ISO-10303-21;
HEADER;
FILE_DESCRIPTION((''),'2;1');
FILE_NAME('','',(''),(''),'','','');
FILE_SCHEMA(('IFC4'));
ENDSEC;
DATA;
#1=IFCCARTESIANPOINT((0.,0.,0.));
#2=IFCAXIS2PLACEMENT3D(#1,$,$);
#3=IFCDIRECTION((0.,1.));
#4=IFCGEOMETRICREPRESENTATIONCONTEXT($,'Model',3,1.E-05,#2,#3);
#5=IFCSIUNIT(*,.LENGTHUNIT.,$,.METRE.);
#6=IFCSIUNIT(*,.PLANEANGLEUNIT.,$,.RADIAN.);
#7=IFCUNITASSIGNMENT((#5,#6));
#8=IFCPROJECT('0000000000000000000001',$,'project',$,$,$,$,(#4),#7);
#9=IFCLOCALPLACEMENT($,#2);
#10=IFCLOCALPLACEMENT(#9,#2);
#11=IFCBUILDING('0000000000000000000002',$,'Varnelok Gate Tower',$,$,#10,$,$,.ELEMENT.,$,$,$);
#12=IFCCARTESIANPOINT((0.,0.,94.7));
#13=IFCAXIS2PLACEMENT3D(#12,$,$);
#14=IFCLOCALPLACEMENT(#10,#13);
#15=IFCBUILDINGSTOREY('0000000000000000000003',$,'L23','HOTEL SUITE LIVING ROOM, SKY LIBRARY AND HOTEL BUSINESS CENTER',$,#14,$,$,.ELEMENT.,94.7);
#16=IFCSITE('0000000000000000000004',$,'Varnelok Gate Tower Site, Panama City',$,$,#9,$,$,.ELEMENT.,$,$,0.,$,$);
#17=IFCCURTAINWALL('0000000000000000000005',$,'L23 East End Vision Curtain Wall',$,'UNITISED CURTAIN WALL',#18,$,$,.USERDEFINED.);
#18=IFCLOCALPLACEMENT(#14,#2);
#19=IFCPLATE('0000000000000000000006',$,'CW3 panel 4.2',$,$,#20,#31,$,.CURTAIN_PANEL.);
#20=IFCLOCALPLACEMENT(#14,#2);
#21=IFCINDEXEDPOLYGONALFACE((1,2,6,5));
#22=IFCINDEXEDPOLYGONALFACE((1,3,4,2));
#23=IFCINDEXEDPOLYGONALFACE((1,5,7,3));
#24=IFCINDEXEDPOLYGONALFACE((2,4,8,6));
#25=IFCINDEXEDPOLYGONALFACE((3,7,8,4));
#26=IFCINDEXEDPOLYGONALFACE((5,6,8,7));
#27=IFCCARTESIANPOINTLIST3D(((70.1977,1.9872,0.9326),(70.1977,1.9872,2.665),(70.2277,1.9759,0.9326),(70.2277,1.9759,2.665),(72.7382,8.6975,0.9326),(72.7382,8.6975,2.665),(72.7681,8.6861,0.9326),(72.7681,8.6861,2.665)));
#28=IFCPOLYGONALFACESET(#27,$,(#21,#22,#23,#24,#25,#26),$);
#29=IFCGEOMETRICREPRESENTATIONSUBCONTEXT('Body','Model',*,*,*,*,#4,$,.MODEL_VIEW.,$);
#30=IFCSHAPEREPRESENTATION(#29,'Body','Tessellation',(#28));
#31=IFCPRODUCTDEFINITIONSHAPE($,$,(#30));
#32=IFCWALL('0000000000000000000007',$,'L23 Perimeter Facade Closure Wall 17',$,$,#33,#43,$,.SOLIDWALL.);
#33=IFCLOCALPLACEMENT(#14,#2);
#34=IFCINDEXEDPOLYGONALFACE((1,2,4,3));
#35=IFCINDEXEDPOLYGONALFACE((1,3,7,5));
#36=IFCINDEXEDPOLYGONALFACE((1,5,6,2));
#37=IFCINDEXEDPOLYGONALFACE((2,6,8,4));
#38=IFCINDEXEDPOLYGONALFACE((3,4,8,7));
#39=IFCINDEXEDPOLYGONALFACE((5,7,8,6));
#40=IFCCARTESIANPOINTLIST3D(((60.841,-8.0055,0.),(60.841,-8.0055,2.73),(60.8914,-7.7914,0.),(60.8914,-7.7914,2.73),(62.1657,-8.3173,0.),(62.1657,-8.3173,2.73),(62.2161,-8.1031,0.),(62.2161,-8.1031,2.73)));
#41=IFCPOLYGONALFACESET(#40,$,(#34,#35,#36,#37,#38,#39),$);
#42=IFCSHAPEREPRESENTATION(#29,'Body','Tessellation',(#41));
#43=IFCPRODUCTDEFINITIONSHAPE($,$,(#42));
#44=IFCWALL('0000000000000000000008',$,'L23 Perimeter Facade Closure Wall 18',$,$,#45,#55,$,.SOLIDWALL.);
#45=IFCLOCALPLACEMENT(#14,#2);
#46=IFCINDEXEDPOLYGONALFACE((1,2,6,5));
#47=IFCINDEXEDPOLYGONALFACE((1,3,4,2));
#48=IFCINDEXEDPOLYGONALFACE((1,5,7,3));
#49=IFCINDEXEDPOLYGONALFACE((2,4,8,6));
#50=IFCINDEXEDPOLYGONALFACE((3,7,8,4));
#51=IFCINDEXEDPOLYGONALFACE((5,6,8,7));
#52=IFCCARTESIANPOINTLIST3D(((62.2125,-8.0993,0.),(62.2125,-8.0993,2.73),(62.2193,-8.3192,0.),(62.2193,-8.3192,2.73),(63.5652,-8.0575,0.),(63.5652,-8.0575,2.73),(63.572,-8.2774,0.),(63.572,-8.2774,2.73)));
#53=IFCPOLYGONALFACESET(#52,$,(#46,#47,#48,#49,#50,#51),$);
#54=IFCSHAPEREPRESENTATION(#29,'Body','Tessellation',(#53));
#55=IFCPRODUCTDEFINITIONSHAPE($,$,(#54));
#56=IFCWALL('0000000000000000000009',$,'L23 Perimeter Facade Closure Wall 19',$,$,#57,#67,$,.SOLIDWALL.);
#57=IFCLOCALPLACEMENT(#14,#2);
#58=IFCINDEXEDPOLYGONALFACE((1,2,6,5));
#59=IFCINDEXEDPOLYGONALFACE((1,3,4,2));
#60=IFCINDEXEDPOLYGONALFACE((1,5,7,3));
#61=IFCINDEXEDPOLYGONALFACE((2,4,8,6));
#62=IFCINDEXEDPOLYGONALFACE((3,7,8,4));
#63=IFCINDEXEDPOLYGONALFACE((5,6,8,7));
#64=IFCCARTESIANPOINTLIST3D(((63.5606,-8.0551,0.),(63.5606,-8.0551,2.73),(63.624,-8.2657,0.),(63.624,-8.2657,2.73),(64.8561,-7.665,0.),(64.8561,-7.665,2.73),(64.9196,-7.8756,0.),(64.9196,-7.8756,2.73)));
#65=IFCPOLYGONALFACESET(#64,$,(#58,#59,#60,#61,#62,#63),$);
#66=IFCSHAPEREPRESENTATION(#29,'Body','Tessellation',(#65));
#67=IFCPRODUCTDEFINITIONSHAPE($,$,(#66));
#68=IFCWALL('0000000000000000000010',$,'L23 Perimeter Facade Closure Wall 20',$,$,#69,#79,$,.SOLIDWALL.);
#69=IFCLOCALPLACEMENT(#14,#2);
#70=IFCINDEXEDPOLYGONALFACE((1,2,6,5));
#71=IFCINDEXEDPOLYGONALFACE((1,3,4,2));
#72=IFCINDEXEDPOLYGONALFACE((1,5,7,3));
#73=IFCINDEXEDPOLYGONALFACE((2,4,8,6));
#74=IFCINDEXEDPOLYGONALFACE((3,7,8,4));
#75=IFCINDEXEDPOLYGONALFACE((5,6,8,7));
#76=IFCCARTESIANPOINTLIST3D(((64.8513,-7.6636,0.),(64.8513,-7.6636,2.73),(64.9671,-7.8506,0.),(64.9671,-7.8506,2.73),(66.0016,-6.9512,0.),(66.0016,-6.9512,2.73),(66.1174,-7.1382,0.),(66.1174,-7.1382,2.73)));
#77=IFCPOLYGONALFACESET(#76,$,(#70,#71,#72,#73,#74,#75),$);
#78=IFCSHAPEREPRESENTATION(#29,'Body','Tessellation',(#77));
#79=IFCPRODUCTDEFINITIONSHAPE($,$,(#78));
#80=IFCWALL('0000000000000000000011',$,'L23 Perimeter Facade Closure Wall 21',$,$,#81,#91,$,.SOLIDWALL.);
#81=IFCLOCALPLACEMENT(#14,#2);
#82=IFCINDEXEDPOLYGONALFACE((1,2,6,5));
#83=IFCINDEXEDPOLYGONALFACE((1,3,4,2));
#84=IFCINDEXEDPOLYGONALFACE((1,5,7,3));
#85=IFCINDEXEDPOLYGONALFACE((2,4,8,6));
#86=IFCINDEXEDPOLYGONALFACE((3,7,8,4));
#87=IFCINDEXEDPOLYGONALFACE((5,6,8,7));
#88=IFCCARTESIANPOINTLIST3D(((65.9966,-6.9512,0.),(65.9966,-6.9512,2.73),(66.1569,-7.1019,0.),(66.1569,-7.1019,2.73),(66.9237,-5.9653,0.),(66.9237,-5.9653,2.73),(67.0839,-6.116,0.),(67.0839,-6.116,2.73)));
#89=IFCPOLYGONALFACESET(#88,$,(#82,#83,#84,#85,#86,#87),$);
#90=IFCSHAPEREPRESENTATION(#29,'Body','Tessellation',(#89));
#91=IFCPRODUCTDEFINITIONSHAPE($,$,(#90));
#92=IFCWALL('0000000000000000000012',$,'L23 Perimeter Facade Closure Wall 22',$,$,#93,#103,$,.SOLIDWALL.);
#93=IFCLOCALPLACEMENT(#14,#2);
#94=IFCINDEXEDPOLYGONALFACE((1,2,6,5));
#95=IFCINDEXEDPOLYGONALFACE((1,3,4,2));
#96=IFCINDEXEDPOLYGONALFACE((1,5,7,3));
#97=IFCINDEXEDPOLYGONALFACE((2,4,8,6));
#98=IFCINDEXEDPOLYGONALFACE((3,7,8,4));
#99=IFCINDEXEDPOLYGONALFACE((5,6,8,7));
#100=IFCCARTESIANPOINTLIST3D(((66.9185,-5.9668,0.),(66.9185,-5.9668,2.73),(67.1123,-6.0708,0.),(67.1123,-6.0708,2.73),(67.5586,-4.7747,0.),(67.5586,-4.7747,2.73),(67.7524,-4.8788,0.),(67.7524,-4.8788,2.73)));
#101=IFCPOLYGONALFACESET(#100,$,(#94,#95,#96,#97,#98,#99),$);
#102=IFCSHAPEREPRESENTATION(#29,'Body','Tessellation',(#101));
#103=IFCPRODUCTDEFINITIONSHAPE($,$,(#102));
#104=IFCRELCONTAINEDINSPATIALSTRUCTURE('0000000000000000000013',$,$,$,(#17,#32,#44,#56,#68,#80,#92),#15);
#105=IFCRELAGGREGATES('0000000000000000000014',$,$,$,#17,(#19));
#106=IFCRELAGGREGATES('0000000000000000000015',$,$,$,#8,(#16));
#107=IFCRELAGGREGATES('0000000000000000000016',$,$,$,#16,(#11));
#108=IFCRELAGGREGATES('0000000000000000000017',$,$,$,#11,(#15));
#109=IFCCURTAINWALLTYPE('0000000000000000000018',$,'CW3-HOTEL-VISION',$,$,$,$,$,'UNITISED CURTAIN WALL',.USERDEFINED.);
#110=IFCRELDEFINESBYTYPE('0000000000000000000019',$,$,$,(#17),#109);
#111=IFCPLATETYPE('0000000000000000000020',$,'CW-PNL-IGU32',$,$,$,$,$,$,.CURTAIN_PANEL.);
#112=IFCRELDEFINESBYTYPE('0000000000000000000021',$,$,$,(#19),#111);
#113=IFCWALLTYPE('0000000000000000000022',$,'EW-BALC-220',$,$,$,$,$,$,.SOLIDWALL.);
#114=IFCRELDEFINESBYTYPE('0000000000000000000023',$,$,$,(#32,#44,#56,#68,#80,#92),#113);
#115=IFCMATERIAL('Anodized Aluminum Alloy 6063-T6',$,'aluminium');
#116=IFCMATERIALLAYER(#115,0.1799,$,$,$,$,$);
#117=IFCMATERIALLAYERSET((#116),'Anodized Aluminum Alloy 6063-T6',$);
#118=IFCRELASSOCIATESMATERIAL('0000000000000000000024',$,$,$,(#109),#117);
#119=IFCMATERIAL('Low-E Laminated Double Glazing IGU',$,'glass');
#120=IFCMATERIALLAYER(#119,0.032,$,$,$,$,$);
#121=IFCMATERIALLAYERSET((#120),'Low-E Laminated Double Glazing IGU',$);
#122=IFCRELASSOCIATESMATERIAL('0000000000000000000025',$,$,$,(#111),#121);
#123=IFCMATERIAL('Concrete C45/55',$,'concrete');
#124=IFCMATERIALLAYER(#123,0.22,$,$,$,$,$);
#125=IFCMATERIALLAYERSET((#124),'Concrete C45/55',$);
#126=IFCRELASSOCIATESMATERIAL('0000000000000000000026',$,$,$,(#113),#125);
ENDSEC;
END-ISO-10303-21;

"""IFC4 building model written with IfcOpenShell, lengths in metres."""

from ifc_helpers import new_model, si_unit, direction, frame, frame_2d, origin, origin_2d, place, context, subcontext, project, spatial, rectangle, extrude, source, transform, mapped, material, layer, layer_set, type_object, element, aggregate, save


model = new_model("IFC4")

# Units and contexts
model_context = context("Model", 3, precision=1e-05, world=origin(), true_north=direction((0.0, 1.0)))
body_context = subcontext(model_context, "Body", "Model", "MODEL_VIEW")
ifc_project = project(units=[si_unit("LENGTHUNIT", "METRE"), si_unit("PLANEANGLEUNIT", "RADIAN")], contexts=[model_context])

# Site, building, storey
site_placement = place(None, origin())
site = spatial("IfcSite", under=ifc_project, at=site_placement, Name="Varnelok Gate Tower Site, Panama City", CompositionType="ELEMENT", RefElevation=0.0)
building_placement = place(site_placement, origin())
building = spatial("IfcBuilding", under=site, at=building_placement, Name="Varnelok Gate Tower", CompositionType="ELEMENT")
storey_placement = place(building_placement, frame((0.0, 0.0, 94.7)))
storey = spatial("IfcBuildingStorey", under=building, at=storey_placement, Name="L23", Description="HOTEL SUITE LIVING ROOM, SKY LIBRARY AND HOTEL BUSINESS CENTER", CompositionType="ELEMENT", Elevation=94.7)

# Curtain wall, plate
ifc_material_1 = material(Name="Anodized Aluminum Alloy 6063-T6", Category="aluminium")
ifc_layer_1 = layer(ifc_material_1, 0.1799)
ifc_layer_set_1 = layer_set([ifc_layer_1], Name="Anodized Aluminum Alloy 6063-T6")
curtain_wall_type = type_object("IfcCurtainWallType", Name="CW3-HOTEL-VISION", ElementType="UNITISED CURTAIN WALL", PredefinedType="USERDEFINED", material=ifc_layer_set_1)
curtain_wall_placement = place(storey_placement, origin())
curtain_wall = element("IfcCurtainWall", 1, at=curtain_wall_placement, inside=storey, type_object=curtain_wall_type, Name="L23 East End Vision Curtain Wall", ObjectType="UNITISED CURTAIN WALL", PredefinedType="USERDEFINED")
ifc_material_2 = material(Name="Low-E Laminated Double Glazing IGU", Category="glass")
ifc_layer_2 = layer(ifc_material_2, 0.032)
ifc_layer_set_2 = layer_set([ifc_layer_2], Name="Low-E Laminated Double Glazing IGU")
plate_type = type_object("IfcPlateType", Name="CW-PNL-IGU32", PredefinedType="CURTAIN_PANEL", material=ifc_layer_set_2)
shared_shape_1 = source(origin(), body_context, "Body", "SweptSolid", [
    extrude(rectangle(XDim=7.175, YDim=0.032, at=origin_2d()), origin(), (0.0, 0.0, 1.0), 1.7324),
])
plate_1_placement = place(storey_placement, frame((71.4829, 5.3367, 0.9326), z_axis=(0.0, 0.0, 1.0), x_axis=(-0.354064, -0.935221, 0.0)))
plate_1 = element("IfcPlate", 2, at=plate_1_placement, type_object=plate_type, Name="CW3 panel 4.2", PredefinedType="CURTAIN_PANEL", context=body_context, shape_type="MappedRepresentation", body=[
    mapped(shared_shape_1, transform((0.0, 0.0, 0.0), scale=1.0)),
])
aggregate(curtain_wall, [plate_1])

# Walls
ifc_material_3 = material(Name="Concrete C45/55", Category="concrete")
ifc_layer_3 = layer(ifc_material_3, 0.22)
ifc_layer_set_3 = layer_set([ifc_layer_3], Name="Concrete C45/55")
wall_type = type_object("IfcWallType", Name="EW-BALC-220", PredefinedType="SOLIDWALL", material=ifc_layer_set_3)
wall_1_placement = place(storey_placement, frame((60.8662, -7.8984, 0.0), z_axis=(0.0, 0.0, 1.0), x_axis=(0.973405, -0.229089, 0.0)))
element("IfcWall", 3, at=wall_1_placement, inside=storey, type_object=wall_type, Name="L23 Perimeter Facade Closure Wall 17", PredefinedType="SOLIDWALL", context=body_context, shape_type="SweptSolid", body=[
    extrude(rectangle(XDim=1.3608, YDim=0.22, at=frame_2d((0.6804, 0.0))), origin(), (0.0, 0.0, 1.0), 2.73),
])
wall_2_placement = place(storey_placement, frame((62.2158, -8.2092, 0.0), z_axis=(0.0, 0.0, 1.0), x_axis=(0.999524, 0.030852, 0.0)))
element("IfcWall", 4, at=wall_2_placement, inside=storey, type_object=wall_type, Name="L23 Perimeter Facade Closure Wall 18", PredefinedType="SOLIDWALL", context=body_context, shape_type="SweptSolid", body=[
    extrude(rectangle(XDim=1.3533, YDim=0.22, at=frame_2d((0.6768, 0.0))), origin(), (0.0, 0.0, 1.0), 2.73),
])
for number, where, z_axis, x_axis, name in (
    (5, (63.5923, -8.1604, 0.0), (0.0, 0.0, 1.0), (0.957533, 0.288324, 0.0), "L23 Perimeter Facade Closure Wall 19"),
    (6, (64.9092, -7.7571, 0.0), (0.0, 0.0, 1.0), (0.850181, 0.526491, 0.0), "L23 Perimeter Facade Closure Wall 20"),
):
    element("IfcWall", number, at=place(storey_placement, frame(where, z_axis=z_axis, x_axis=x_axis)), inside=storey, type_object=wall_type, Name=name, PredefinedType="SOLIDWALL", context=body_context, shape_type="SweptSolid", body=[
        extrude(rectangle(XDim=1.353, YDim=0.22, at=frame_2d((0.6765, 0.0))), origin(), (0.0, 0.0, 1.0), 2.73),
    ])
wall_3_placement = place(storey_placement, frame((66.0767, -7.0266, 0.0), z_axis=(0.0, 0.0, 1.0), x_axis=(0.685033, 0.728512, 0.0)))
element("IfcWall", 7, at=wall_3_placement, inside=storey, type_object=wall_type, Name="L23 Perimeter Facade Closure Wall 21", PredefinedType="SOLIDWALL", context=body_context, shape_type="SweptSolid", body=[
    extrude(rectangle(XDim=1.3533, YDim=0.22, at=frame_2d((0.6768, 0.0))), origin(), (0.0, 0.0, 1.0), 2.73),
])
wall_4_placement = place(storey_placement, frame((67.0154, -6.0188, 0.0), z_axis=(0.0, 0.0, 1.0), x_axis=(0.473077, 0.881021, 0.0)))
element("IfcWall", 8, at=wall_4_placement, inside=storey, type_object=wall_type, Name="L23 Perimeter Facade Closure Wall 22", PredefinedType="SOLIDWALL", context=body_context, shape_type="SweptSolid", body=[
    extrude(rectangle(XDim=1.353, YDim=0.22, at=frame_2d((0.6765, 0.0))), origin(), (0.0, 0.0, 1.0), 2.73),
])

save(model, "model.ifc")
